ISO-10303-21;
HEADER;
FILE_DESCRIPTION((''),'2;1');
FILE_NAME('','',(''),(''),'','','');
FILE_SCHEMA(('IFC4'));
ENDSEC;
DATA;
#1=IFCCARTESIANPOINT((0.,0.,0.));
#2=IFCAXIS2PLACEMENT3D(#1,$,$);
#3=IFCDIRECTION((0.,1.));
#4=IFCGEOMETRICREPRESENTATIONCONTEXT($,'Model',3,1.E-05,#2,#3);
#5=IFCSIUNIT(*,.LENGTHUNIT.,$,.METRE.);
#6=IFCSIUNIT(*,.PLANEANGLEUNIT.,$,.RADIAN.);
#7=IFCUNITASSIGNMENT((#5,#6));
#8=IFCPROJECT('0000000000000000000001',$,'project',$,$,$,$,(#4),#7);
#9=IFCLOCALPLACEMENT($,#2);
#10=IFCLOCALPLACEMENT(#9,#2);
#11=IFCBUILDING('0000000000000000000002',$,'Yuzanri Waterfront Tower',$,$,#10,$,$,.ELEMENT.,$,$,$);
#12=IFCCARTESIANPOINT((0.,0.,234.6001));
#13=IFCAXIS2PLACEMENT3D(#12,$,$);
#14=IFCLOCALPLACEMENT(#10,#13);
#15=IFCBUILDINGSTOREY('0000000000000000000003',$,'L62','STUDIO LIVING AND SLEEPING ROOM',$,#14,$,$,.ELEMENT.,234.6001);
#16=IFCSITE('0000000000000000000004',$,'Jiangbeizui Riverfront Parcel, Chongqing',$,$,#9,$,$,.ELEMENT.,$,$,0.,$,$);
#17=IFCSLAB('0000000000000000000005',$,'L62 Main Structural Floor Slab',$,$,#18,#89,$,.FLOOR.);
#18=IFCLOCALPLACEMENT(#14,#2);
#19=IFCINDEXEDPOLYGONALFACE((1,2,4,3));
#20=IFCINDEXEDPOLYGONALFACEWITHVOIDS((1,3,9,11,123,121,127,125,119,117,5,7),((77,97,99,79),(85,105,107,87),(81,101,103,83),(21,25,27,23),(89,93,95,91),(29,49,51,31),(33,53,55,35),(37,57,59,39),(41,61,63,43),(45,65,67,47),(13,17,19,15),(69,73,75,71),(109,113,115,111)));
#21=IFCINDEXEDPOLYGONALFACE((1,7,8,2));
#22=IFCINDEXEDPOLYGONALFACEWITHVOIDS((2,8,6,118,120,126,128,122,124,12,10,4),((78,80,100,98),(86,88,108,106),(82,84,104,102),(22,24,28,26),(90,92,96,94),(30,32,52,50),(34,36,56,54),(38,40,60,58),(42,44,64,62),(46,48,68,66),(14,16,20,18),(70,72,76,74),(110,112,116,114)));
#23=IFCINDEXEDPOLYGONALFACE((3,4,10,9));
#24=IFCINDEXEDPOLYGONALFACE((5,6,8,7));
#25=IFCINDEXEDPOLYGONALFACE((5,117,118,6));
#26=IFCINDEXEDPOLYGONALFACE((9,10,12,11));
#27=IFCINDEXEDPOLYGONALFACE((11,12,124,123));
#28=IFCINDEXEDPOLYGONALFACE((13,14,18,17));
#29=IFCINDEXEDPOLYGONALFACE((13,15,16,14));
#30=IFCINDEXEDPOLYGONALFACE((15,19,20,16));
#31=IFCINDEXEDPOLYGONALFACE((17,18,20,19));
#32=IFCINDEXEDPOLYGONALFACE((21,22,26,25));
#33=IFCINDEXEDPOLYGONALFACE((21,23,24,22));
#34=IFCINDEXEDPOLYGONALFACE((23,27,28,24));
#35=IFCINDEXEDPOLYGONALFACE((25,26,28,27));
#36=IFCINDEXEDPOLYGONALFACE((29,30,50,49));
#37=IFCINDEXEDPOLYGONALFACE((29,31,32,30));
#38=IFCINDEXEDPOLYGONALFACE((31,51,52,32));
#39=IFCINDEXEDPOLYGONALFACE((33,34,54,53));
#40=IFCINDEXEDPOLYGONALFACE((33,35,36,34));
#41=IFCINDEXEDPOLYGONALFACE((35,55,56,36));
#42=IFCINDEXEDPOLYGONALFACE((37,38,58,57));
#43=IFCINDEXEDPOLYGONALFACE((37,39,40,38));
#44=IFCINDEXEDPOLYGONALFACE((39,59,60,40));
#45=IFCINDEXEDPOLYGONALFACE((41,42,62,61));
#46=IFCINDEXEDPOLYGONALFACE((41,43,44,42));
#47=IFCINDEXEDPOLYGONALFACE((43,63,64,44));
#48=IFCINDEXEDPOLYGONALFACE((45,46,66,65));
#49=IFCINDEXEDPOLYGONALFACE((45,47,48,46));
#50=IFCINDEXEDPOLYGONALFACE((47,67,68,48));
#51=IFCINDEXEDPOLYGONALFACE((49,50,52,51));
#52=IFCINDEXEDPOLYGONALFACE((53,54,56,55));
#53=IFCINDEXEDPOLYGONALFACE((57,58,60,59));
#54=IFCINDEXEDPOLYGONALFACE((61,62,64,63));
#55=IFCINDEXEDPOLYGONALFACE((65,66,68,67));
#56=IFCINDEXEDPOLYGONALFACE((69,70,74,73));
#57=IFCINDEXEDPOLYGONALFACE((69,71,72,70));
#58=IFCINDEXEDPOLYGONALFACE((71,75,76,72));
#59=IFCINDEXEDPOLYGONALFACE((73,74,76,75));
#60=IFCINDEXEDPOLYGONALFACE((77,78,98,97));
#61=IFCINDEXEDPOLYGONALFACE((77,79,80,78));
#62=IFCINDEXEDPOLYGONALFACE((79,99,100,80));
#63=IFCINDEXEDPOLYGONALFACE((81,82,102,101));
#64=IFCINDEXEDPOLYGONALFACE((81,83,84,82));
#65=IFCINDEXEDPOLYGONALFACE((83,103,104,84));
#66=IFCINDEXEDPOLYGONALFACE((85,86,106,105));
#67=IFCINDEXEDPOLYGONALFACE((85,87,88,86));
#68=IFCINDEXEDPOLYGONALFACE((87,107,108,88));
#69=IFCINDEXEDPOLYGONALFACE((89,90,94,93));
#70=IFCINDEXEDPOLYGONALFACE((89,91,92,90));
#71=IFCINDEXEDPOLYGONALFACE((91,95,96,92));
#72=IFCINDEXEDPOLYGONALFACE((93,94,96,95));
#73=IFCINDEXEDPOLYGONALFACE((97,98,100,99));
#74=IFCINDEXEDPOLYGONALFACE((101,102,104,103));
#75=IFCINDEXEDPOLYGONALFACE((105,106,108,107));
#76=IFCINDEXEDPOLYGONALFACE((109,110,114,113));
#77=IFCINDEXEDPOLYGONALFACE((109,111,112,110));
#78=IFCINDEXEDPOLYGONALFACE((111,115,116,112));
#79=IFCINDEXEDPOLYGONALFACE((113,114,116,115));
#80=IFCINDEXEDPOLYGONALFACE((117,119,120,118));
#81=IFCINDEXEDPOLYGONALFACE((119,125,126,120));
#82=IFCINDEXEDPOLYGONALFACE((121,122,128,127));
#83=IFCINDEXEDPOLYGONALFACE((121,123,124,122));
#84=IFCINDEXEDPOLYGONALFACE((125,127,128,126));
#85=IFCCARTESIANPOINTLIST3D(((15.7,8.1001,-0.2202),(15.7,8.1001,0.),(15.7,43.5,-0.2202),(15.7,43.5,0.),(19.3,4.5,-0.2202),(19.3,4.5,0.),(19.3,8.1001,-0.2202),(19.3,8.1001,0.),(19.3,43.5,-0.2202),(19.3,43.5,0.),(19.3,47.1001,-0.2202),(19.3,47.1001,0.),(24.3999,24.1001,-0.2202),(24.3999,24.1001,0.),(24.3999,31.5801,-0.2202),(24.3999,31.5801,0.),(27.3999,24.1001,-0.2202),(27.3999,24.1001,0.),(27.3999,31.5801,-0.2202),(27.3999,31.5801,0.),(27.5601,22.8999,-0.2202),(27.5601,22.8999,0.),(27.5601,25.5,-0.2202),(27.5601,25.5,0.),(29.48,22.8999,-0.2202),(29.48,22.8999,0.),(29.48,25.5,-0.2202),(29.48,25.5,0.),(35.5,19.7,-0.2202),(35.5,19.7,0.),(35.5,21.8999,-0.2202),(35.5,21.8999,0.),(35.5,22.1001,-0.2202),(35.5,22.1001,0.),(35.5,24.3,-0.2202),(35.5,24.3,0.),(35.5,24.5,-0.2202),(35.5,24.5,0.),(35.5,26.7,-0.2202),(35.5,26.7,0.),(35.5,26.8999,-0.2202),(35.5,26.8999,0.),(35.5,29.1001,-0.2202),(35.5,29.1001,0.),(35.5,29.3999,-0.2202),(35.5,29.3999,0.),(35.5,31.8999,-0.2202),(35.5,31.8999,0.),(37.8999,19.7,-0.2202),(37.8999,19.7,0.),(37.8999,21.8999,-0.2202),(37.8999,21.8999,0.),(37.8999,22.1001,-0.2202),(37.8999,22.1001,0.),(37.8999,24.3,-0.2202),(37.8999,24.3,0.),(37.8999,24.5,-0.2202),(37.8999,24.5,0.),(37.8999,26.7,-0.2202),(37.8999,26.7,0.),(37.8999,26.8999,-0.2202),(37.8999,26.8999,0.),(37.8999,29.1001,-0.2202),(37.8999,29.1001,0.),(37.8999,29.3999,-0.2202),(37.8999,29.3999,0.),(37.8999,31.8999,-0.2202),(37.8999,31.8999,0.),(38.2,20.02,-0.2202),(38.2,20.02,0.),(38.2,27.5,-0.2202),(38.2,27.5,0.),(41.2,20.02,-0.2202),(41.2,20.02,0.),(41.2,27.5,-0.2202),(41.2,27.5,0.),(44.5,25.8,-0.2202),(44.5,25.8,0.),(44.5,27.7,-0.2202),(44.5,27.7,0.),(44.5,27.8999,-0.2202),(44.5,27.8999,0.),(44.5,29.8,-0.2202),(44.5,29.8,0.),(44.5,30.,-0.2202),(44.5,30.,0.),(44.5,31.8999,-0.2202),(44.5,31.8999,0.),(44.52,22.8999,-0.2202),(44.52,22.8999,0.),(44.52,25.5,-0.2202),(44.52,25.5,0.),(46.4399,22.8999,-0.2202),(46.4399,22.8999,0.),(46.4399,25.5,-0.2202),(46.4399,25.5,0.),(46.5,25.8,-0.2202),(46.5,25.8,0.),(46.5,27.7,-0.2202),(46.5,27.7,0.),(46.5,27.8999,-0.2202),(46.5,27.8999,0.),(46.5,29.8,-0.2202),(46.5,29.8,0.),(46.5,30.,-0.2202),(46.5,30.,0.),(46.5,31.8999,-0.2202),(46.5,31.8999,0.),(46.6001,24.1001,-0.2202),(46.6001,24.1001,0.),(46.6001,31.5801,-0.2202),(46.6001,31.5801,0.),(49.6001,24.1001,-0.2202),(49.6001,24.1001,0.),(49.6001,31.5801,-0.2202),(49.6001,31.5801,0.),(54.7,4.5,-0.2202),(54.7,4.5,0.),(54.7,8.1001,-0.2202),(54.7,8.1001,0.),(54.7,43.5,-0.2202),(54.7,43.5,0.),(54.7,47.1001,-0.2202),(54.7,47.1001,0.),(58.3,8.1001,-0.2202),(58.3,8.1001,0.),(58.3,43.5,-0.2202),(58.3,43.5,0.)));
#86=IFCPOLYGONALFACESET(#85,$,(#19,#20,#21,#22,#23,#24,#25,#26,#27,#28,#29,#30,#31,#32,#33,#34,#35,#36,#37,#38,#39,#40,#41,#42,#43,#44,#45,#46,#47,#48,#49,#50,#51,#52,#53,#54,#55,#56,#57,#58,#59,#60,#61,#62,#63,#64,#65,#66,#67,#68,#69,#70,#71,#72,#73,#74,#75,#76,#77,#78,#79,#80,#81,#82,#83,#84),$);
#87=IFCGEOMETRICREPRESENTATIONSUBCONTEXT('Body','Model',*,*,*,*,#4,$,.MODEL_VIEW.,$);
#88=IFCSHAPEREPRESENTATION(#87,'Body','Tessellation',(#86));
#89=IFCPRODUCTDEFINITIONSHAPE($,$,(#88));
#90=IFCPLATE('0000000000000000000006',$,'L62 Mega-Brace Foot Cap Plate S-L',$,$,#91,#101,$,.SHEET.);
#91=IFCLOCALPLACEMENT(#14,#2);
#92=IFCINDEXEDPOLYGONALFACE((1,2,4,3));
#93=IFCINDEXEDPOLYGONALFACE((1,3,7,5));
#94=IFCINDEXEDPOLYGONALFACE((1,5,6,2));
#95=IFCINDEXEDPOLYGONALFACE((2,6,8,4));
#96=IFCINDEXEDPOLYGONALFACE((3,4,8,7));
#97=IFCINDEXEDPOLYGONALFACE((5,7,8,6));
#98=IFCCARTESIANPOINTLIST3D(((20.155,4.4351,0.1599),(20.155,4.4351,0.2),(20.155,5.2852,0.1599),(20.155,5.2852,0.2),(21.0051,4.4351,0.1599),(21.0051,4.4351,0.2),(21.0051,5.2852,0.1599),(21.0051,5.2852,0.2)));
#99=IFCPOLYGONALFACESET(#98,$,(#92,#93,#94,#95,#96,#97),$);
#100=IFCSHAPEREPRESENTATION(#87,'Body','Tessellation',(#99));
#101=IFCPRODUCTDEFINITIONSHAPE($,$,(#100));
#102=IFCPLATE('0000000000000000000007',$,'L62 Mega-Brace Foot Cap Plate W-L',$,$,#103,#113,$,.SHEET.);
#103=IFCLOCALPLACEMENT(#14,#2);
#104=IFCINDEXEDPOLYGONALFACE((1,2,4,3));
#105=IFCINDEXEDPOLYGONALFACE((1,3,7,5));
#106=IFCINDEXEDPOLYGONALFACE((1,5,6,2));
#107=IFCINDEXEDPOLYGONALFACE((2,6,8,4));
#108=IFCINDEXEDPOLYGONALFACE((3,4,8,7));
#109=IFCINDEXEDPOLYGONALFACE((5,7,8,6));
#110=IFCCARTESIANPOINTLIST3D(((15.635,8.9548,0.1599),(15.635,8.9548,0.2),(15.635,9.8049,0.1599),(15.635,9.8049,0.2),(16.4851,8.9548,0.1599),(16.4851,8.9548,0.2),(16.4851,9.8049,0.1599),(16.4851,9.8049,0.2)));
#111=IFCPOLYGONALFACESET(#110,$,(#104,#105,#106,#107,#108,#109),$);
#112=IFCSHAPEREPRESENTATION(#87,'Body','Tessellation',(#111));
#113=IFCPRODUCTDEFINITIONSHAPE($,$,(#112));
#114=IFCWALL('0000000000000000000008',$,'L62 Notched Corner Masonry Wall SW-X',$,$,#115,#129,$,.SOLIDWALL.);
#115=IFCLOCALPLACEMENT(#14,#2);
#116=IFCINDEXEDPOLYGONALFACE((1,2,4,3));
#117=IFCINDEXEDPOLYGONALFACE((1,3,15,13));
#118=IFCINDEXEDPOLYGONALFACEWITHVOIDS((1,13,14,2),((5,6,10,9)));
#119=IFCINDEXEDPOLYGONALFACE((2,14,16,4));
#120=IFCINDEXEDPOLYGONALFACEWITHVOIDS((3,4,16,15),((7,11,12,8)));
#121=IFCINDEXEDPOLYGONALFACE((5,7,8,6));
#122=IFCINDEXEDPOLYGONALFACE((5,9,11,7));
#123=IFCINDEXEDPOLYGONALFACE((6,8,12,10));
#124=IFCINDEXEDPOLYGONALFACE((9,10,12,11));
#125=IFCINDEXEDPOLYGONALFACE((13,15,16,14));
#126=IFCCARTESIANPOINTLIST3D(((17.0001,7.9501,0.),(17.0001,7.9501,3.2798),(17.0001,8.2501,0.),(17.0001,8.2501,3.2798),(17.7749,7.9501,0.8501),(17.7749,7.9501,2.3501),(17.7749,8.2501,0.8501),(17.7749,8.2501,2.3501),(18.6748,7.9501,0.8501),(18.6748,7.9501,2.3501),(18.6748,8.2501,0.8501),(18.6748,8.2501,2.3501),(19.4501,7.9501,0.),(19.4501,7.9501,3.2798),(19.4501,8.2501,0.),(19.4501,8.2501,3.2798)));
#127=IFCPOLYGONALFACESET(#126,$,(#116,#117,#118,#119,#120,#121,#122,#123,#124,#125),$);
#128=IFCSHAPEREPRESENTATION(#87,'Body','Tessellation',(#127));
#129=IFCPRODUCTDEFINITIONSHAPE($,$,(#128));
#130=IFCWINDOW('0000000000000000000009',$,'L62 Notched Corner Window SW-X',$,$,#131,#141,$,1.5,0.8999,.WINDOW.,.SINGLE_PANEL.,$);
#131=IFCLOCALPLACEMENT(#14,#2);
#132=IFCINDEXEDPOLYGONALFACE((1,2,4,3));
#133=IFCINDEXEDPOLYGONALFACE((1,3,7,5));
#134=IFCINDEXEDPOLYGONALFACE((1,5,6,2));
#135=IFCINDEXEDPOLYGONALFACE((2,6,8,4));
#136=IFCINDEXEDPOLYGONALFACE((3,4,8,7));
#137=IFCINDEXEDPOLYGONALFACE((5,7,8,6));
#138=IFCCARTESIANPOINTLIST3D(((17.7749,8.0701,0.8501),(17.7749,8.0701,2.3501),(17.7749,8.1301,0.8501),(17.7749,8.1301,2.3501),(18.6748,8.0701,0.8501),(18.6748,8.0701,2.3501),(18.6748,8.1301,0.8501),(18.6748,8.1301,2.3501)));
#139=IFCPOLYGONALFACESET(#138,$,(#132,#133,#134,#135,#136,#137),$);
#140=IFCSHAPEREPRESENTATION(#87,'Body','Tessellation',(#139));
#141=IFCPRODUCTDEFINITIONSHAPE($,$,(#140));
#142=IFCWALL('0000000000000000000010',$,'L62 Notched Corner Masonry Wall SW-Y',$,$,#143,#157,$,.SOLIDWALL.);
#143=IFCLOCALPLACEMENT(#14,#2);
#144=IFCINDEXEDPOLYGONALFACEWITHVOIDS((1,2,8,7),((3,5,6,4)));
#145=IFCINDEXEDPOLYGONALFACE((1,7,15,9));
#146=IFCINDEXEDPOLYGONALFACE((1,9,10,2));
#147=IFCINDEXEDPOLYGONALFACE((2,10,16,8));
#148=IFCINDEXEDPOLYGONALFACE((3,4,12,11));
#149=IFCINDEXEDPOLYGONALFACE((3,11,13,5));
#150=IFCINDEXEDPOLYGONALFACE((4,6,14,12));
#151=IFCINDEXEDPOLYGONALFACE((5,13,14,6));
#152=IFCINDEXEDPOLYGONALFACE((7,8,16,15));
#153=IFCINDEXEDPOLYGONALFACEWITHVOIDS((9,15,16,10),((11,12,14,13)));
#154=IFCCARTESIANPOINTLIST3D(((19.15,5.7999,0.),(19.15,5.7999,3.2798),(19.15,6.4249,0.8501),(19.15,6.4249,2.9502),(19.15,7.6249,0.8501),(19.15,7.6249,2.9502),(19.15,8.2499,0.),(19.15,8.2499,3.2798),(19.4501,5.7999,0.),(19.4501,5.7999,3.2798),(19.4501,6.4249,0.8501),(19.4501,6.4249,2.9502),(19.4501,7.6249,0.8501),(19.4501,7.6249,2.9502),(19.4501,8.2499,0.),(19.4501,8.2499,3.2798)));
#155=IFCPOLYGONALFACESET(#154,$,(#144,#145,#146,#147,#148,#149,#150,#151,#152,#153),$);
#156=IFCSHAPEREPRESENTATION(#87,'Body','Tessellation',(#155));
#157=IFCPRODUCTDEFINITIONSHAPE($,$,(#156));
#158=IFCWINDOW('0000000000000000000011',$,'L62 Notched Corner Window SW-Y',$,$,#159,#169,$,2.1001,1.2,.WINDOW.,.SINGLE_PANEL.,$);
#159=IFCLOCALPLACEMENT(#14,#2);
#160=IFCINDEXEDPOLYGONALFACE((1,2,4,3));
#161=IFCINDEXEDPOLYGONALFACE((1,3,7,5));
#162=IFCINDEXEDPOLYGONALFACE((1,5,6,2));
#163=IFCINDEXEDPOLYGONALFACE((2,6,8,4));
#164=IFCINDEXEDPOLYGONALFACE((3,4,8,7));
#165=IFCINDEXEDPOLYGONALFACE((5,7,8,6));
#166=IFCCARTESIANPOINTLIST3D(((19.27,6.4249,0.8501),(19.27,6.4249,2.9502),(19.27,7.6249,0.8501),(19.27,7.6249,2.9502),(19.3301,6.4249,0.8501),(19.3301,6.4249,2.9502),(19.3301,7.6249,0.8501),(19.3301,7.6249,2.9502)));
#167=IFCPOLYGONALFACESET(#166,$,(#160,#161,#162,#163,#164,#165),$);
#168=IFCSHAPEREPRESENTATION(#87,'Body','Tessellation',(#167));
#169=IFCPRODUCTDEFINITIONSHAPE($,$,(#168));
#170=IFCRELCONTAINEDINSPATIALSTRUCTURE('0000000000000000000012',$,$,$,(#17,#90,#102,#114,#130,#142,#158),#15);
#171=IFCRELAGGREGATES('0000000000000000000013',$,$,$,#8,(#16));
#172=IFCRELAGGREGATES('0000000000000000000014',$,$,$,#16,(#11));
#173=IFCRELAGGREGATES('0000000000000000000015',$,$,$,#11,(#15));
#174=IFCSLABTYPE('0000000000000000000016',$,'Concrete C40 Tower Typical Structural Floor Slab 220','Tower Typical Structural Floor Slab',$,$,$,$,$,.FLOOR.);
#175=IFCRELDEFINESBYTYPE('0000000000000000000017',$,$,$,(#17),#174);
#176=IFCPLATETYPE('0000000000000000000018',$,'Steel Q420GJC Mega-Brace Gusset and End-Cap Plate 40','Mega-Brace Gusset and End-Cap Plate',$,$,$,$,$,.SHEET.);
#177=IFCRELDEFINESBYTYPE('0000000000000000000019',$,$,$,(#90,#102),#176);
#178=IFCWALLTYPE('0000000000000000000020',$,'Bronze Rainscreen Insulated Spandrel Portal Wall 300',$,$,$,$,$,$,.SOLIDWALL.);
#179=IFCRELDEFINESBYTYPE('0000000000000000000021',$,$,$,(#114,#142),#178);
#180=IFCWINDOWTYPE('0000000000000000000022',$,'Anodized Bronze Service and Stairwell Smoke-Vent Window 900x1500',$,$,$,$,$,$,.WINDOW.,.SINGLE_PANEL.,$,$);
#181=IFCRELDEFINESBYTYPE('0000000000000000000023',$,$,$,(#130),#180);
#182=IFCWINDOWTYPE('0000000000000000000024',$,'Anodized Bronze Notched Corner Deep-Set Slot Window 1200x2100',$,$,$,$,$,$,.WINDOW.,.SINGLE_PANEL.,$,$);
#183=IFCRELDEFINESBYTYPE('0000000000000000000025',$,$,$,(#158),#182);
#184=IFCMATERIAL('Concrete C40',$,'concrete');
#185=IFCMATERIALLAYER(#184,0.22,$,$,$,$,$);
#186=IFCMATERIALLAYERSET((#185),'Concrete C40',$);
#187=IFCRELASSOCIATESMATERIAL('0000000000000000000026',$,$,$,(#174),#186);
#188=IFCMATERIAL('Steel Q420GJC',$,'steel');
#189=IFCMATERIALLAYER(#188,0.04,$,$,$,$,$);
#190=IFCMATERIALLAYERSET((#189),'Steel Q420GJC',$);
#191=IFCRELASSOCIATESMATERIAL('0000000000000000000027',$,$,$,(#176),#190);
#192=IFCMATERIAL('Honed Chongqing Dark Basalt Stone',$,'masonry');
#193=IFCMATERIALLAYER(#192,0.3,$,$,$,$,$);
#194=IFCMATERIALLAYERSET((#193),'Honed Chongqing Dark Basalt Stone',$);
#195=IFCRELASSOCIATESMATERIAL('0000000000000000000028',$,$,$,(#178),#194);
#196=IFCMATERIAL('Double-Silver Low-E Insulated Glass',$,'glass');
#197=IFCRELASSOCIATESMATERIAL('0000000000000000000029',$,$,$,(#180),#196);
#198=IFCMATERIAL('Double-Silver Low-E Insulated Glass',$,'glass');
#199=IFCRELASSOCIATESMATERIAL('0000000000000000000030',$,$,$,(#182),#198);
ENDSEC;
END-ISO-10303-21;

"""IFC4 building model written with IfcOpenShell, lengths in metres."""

from ifc_helpers import new_model, si_unit, direction, frame, frame_2d, origin, origin_2d, place, context, subcontext, project, spatial, polyline, rectangle, outline, extrude, source, transform, mapped, material, layer, layer_set, type_object, element, fill, save


model = new_model("IFC4")

# Units and contexts
model_context = context("Model", 3, precision=1e-05, world=origin(), true_north=direction((0.0, 1.0)))
body_context = subcontext(model_context, "Body", "Model", "MODEL_VIEW")
ifc_project = project(units=[si_unit("LENGTHUNIT", "METRE"), si_unit("PLANEANGLEUNIT", "RADIAN")], contexts=[model_context])

# Site, building, storey
site_placement = place(None, origin())
site = spatial("IfcSite", under=ifc_project, at=site_placement, Name="Jiangbeizui Riverfront Parcel, Chongqing", CompositionType="ELEMENT", RefElevation=0.0)
building_placement = place(site_placement, origin())
building = spatial("IfcBuilding", under=site, at=building_placement, Name="Yuzanri Waterfront Tower", CompositionType="ELEMENT")
storey_placement = place(building_placement, frame((0.0, 0.0, 234.6001)))
storey = spatial("IfcBuildingStorey", under=building, at=storey_placement, Name="L62", Description="STUDIO LIVING AND SLEEPING ROOM", CompositionType="ELEMENT", Elevation=234.6001)

# Slab
ifc_material_1 = material(Name="Concrete C40", Category="concrete")
ifc_layer_1 = layer(ifc_material_1, 0.22)
ifc_layer_set_1 = layer_set([ifc_layer_1], Name="Concrete C40")
slab_type_1 = type_object("IfcSlabType", Name="Concrete C40 Tower Typical Structural Floor Slab 220", Description="Tower Typical Structural Floor Slab", PredefinedType="FLOOR", material=ifc_layer_set_1)
slab_1_placement = place(storey_placement, frame((0.0, 0.0, -0.2202)))
element("IfcSlab", 1, at=slab_1_placement, inside=storey, type_object=slab_type_1, Name="L62 Main Structural Floor Slab", PredefinedType="FLOOR", context=body_context, shape_type="SweptSolid", body=[
    extrude(outline(polyline([(19.3, 4.5), (54.7, 4.5), (54.7, 8.1001), (58.3, 8.1001), (58.3, 43.5), (54.7, 43.5), (54.7, 47.1001), (19.3, 47.1001), (19.3, 43.5), (15.7, 43.5), (15.7, 8.1001), (19.3, 8.1001), (19.3, 4.5)]), holes=[polyline([(27.3999, 24.1001), (27.3999, 31.5801), (24.3999, 31.5801), (24.3999, 24.1001), (27.3999, 24.1001)]), polyline([(49.6001, 24.1001), (49.6001, 31.5801), (46.6001, 31.5801), (46.6001, 24.1001), (49.6001, 24.1001)]), polyline([(38.2, 27.5), (38.2, 20.02), (41.2, 20.02), (41.2, 27.5), (38.2, 27.5)]), polyline([(27.5601, 22.8999), (29.48, 22.8999), (29.48, 25.5), (27.5601, 25.5), (27.5601, 22.8999)]), polyline([(44.52, 22.8999), (46.4399, 22.8999), (46.4399, 25.5), (44.52, 25.5), (44.52, 22.8999)]), polyline([(35.5, 19.7), (37.8999, 19.7), (37.8999, 21.8999), (35.5, 21.8999), (35.5, 19.7)]), polyline([(35.5, 22.1001), (37.8999, 22.1001), (37.8999, 24.3), (35.5, 24.3), (35.5, 22.1001)]), polyline([(35.5, 24.5), (37.8999, 24.5), (37.8999, 26.7), (35.5, 26.7), (35.5, 24.5)]), polyline([(35.5, 26.8999), (37.8999, 26.8999), (37.8999, 29.1001), (35.5, 29.1001), (35.5, 26.8999)]), polyline([(35.5, 29.3999), (37.8999, 29.3999), (37.8999, 31.8999), (35.5, 31.8999), (35.5, 29.3999)]), polyline([(44.5, 25.8), (46.5, 25.8), (46.5, 27.7), (44.5, 27.7), (44.5, 25.8)]), polyline([(44.5, 27.8999), (46.5, 27.8999), (46.5, 29.8), (44.5, 29.8), (44.5, 27.8999)]), polyline([(44.5, 30.0), (46.5, 30.0), (46.5, 31.8999), (44.5, 31.8999), (44.5, 30.0)])]), origin(), (0.0, 0.0, 1.0), 0.2202),
])

# Plates
ifc_material_2 = material(Name="Steel Q420GJC", Category="steel")
ifc_layer_2 = layer(ifc_material_2, 0.04)
ifc_layer_set_2 = layer_set([ifc_layer_2], Name="Steel Q420GJC")
plate_type = type_object("IfcPlateType", Name="Steel Q420GJC Mega-Brace Gusset and End-Cap Plate 40", Description="Mega-Brace Gusset and End-Cap Plate", PredefinedType="SHEET", material=ifc_layer_set_2)
shared_shape_1 = source(origin(), body_context, "Body", "SweptSolid", [
    extrude(rectangle(XDim=0.8501, YDim=0.8501, at=origin_2d()), origin(), (0.0, 0.0, 1.0), 0.04),
])
for number, where, z_axis, x_axis, name in (
    (2, (20.5801, 4.8601, 0.1599), (0.0, 0.0, 1.0), (1.0, 0.0, 0.0), "L62 Mega-Brace Foot Cap Plate S-L"),
    (3, (16.0601, 9.3799, 0.1599), (0.0, 0.0, 1.0), (1.0, 0.0, 0.0), "L62 Mega-Brace Foot Cap Plate W-L"),
):
    element("IfcPlate", number, at=place(storey_placement, frame(where, z_axis=z_axis, x_axis=x_axis)), inside=storey, type_object=plate_type, Name=name, PredefinedType="SHEET", context=body_context, shape_type="MappedRepresentation", body=[
        mapped(shared_shape_1, transform((0.0, 0.0, 0.0), scale=1.0)),
    ])

# Walls, openings, windows
ifc_material_3 = material(Name="Honed Chongqing Dark Basalt Stone", Category="masonry")
ifc_layer_3 = layer(ifc_material_3, 0.3)
ifc_layer_set_3 = layer_set([ifc_layer_3], Name="Honed Chongqing Dark Basalt Stone")
wall_type_1 = type_object("IfcWallType", Name="Bronze Rainscreen Insulated Spandrel Portal Wall 300", PredefinedType="SOLIDWALL", material=ifc_layer_set_3)
wall_1_placement = place(storey_placement, frame((17.0, 8.1001, 0.0), z_axis=(0.0, 0.0, 1.0), x_axis=(1.0, 0.0, 0.0)))
wall_1 = element("IfcWall", 4, at=wall_1_placement, inside=storey, type_object=wall_type_1, Name="L62 Notched Corner Masonry Wall SW-X", PredefinedType="SOLIDWALL", context=body_context, shape_type="SweptSolid", body=[
    extrude(rectangle(XDim=2.45, YDim=0.3, at=frame_2d((1.2251, 0.0))), origin(), (0.0, 0.0, 1.0), 3.2798),
])
opening_1_placement = place(wall_1_placement, frame((0.7749, 0.0, 0.8501)))
opening_1 = element("IfcOpeningElement", 5, at=opening_1_placement, cuts=wall_1, PredefinedType="OPENING", context=body_context, shape_type="SweptSolid", body=[
    extrude(rectangle(XDim=0.8999, YDim=1.5, at=frame_2d((0.45, 0.75))), frame((0.0, 0.165, 0.0), z_axis=(0.0, -1.0, 0.0), x_axis=(1.0, 0.0, 0.0)), (0.0, 0.0, 1.0), 0.3298),
])
ifc_material_4 = material(Name="Double-Silver Low-E Insulated Glass", Category="glass")
window_type_1 = type_object("IfcWindowType", Name="Anodized Bronze Service and Stairwell Smoke-Vent Window 900x1500", PartitioningType="SINGLE_PANEL", PredefinedType="WINDOW", material=ifc_material_4)
shared_shape_2 = source(origin(), body_context, "Body", "SweptSolid", [
    extrude(rectangle(XDim=0.8999, YDim=1.5, at=frame_2d((0.45, 0.75))), frame((0.0, 0.03, 0.0), z_axis=(0.0, -1.0, 0.0), x_axis=(1.0, 0.0, 0.0)), (0.0, 0.0, 1.0), 0.0601),
])
window_1_placement = place(opening_1_placement, origin())
window_1 = element("IfcWindow", 6, at=window_1_placement, inside=storey, type_object=window_type_1, Name="L62 Notched Corner Window SW-X", OverallHeight=1.5, OverallWidth=0.8999, PartitioningType="SINGLE_PANEL", PredefinedType="WINDOW", context=body_context, shape_type="MappedRepresentation", body=[
    mapped(shared_shape_2, transform((0.0, 0.0, 0.0), scale=1.0)),
])
fill(opening_1, window_1)
wall_2_placement = place(storey_placement, frame((19.3, 8.25, 0.0), z_axis=(0.0, 0.0, 1.0), x_axis=(0.0, -1.0, 0.0)))
wall_2 = element("IfcWall", 7, at=wall_2_placement, inside=storey, type_object=wall_type_1, Name="L62 Notched Corner Masonry Wall SW-Y", PredefinedType="SOLIDWALL", context=body_context, shape_type="SweptSolid", body=[
    extrude(rectangle(XDim=2.45, YDim=0.3, at=frame_2d((1.2251, 0.0))), origin(), (0.0, 0.0, 1.0), 3.2798),
])
opening_2_placement = place(wall_2_placement, frame((0.625, 0.0, 0.8501)))
opening_2 = element("IfcOpeningElement", 8, at=opening_2_placement, cuts=wall_2, PredefinedType="OPENING", context=body_context, shape_type="SweptSolid", body=[
    extrude(rectangle(XDim=1.2, YDim=2.1001, at=frame_2d((0.6001, 1.05))), frame((0.0, 0.165, 0.0), z_axis=(0.0, -1.0, 0.0), x_axis=(1.0, 0.0, 0.0)), (0.0, 0.0, 1.0), 0.3298),
])
ifc_material_5 = material(Name="Double-Silver Low-E Insulated Glass", Category="glass")
window_type_2 = type_object("IfcWindowType", Name="Anodized Bronze Notched Corner Deep-Set Slot Window 1200x2100", PartitioningType="SINGLE_PANEL", PredefinedType="WINDOW", material=ifc_material_5)
shared_shape_3 = source(origin(), body_context, "Body", "SweptSolid", [
    extrude(rectangle(XDim=1.2, YDim=2.1001, at=frame_2d((0.6001, 1.05))), frame((0.0, 0.03, 0.0), z_axis=(0.0, -1.0, 0.0), x_axis=(1.0, 0.0, 0.0)), (0.0, 0.0, 1.0), 0.0601),
])
window_2_placement = place(opening_2_placement, origin())
window_2 = element("IfcWindow", 9, at=window_2_placement, inside=storey, type_object=window_type_2, Name="L62 Notched Corner Window SW-Y", OverallHeight=2.1001, OverallWidth=1.2, PartitioningType="SINGLE_PANEL", PredefinedType="WINDOW", context=body_context, shape_type="MappedRepresentation", body=[
    mapped(shared_shape_3, transform((0.0, 0.0, 0.0), scale=1.0)),
])
fill(opening_2, window_2)

save(model, "model.ifc")
